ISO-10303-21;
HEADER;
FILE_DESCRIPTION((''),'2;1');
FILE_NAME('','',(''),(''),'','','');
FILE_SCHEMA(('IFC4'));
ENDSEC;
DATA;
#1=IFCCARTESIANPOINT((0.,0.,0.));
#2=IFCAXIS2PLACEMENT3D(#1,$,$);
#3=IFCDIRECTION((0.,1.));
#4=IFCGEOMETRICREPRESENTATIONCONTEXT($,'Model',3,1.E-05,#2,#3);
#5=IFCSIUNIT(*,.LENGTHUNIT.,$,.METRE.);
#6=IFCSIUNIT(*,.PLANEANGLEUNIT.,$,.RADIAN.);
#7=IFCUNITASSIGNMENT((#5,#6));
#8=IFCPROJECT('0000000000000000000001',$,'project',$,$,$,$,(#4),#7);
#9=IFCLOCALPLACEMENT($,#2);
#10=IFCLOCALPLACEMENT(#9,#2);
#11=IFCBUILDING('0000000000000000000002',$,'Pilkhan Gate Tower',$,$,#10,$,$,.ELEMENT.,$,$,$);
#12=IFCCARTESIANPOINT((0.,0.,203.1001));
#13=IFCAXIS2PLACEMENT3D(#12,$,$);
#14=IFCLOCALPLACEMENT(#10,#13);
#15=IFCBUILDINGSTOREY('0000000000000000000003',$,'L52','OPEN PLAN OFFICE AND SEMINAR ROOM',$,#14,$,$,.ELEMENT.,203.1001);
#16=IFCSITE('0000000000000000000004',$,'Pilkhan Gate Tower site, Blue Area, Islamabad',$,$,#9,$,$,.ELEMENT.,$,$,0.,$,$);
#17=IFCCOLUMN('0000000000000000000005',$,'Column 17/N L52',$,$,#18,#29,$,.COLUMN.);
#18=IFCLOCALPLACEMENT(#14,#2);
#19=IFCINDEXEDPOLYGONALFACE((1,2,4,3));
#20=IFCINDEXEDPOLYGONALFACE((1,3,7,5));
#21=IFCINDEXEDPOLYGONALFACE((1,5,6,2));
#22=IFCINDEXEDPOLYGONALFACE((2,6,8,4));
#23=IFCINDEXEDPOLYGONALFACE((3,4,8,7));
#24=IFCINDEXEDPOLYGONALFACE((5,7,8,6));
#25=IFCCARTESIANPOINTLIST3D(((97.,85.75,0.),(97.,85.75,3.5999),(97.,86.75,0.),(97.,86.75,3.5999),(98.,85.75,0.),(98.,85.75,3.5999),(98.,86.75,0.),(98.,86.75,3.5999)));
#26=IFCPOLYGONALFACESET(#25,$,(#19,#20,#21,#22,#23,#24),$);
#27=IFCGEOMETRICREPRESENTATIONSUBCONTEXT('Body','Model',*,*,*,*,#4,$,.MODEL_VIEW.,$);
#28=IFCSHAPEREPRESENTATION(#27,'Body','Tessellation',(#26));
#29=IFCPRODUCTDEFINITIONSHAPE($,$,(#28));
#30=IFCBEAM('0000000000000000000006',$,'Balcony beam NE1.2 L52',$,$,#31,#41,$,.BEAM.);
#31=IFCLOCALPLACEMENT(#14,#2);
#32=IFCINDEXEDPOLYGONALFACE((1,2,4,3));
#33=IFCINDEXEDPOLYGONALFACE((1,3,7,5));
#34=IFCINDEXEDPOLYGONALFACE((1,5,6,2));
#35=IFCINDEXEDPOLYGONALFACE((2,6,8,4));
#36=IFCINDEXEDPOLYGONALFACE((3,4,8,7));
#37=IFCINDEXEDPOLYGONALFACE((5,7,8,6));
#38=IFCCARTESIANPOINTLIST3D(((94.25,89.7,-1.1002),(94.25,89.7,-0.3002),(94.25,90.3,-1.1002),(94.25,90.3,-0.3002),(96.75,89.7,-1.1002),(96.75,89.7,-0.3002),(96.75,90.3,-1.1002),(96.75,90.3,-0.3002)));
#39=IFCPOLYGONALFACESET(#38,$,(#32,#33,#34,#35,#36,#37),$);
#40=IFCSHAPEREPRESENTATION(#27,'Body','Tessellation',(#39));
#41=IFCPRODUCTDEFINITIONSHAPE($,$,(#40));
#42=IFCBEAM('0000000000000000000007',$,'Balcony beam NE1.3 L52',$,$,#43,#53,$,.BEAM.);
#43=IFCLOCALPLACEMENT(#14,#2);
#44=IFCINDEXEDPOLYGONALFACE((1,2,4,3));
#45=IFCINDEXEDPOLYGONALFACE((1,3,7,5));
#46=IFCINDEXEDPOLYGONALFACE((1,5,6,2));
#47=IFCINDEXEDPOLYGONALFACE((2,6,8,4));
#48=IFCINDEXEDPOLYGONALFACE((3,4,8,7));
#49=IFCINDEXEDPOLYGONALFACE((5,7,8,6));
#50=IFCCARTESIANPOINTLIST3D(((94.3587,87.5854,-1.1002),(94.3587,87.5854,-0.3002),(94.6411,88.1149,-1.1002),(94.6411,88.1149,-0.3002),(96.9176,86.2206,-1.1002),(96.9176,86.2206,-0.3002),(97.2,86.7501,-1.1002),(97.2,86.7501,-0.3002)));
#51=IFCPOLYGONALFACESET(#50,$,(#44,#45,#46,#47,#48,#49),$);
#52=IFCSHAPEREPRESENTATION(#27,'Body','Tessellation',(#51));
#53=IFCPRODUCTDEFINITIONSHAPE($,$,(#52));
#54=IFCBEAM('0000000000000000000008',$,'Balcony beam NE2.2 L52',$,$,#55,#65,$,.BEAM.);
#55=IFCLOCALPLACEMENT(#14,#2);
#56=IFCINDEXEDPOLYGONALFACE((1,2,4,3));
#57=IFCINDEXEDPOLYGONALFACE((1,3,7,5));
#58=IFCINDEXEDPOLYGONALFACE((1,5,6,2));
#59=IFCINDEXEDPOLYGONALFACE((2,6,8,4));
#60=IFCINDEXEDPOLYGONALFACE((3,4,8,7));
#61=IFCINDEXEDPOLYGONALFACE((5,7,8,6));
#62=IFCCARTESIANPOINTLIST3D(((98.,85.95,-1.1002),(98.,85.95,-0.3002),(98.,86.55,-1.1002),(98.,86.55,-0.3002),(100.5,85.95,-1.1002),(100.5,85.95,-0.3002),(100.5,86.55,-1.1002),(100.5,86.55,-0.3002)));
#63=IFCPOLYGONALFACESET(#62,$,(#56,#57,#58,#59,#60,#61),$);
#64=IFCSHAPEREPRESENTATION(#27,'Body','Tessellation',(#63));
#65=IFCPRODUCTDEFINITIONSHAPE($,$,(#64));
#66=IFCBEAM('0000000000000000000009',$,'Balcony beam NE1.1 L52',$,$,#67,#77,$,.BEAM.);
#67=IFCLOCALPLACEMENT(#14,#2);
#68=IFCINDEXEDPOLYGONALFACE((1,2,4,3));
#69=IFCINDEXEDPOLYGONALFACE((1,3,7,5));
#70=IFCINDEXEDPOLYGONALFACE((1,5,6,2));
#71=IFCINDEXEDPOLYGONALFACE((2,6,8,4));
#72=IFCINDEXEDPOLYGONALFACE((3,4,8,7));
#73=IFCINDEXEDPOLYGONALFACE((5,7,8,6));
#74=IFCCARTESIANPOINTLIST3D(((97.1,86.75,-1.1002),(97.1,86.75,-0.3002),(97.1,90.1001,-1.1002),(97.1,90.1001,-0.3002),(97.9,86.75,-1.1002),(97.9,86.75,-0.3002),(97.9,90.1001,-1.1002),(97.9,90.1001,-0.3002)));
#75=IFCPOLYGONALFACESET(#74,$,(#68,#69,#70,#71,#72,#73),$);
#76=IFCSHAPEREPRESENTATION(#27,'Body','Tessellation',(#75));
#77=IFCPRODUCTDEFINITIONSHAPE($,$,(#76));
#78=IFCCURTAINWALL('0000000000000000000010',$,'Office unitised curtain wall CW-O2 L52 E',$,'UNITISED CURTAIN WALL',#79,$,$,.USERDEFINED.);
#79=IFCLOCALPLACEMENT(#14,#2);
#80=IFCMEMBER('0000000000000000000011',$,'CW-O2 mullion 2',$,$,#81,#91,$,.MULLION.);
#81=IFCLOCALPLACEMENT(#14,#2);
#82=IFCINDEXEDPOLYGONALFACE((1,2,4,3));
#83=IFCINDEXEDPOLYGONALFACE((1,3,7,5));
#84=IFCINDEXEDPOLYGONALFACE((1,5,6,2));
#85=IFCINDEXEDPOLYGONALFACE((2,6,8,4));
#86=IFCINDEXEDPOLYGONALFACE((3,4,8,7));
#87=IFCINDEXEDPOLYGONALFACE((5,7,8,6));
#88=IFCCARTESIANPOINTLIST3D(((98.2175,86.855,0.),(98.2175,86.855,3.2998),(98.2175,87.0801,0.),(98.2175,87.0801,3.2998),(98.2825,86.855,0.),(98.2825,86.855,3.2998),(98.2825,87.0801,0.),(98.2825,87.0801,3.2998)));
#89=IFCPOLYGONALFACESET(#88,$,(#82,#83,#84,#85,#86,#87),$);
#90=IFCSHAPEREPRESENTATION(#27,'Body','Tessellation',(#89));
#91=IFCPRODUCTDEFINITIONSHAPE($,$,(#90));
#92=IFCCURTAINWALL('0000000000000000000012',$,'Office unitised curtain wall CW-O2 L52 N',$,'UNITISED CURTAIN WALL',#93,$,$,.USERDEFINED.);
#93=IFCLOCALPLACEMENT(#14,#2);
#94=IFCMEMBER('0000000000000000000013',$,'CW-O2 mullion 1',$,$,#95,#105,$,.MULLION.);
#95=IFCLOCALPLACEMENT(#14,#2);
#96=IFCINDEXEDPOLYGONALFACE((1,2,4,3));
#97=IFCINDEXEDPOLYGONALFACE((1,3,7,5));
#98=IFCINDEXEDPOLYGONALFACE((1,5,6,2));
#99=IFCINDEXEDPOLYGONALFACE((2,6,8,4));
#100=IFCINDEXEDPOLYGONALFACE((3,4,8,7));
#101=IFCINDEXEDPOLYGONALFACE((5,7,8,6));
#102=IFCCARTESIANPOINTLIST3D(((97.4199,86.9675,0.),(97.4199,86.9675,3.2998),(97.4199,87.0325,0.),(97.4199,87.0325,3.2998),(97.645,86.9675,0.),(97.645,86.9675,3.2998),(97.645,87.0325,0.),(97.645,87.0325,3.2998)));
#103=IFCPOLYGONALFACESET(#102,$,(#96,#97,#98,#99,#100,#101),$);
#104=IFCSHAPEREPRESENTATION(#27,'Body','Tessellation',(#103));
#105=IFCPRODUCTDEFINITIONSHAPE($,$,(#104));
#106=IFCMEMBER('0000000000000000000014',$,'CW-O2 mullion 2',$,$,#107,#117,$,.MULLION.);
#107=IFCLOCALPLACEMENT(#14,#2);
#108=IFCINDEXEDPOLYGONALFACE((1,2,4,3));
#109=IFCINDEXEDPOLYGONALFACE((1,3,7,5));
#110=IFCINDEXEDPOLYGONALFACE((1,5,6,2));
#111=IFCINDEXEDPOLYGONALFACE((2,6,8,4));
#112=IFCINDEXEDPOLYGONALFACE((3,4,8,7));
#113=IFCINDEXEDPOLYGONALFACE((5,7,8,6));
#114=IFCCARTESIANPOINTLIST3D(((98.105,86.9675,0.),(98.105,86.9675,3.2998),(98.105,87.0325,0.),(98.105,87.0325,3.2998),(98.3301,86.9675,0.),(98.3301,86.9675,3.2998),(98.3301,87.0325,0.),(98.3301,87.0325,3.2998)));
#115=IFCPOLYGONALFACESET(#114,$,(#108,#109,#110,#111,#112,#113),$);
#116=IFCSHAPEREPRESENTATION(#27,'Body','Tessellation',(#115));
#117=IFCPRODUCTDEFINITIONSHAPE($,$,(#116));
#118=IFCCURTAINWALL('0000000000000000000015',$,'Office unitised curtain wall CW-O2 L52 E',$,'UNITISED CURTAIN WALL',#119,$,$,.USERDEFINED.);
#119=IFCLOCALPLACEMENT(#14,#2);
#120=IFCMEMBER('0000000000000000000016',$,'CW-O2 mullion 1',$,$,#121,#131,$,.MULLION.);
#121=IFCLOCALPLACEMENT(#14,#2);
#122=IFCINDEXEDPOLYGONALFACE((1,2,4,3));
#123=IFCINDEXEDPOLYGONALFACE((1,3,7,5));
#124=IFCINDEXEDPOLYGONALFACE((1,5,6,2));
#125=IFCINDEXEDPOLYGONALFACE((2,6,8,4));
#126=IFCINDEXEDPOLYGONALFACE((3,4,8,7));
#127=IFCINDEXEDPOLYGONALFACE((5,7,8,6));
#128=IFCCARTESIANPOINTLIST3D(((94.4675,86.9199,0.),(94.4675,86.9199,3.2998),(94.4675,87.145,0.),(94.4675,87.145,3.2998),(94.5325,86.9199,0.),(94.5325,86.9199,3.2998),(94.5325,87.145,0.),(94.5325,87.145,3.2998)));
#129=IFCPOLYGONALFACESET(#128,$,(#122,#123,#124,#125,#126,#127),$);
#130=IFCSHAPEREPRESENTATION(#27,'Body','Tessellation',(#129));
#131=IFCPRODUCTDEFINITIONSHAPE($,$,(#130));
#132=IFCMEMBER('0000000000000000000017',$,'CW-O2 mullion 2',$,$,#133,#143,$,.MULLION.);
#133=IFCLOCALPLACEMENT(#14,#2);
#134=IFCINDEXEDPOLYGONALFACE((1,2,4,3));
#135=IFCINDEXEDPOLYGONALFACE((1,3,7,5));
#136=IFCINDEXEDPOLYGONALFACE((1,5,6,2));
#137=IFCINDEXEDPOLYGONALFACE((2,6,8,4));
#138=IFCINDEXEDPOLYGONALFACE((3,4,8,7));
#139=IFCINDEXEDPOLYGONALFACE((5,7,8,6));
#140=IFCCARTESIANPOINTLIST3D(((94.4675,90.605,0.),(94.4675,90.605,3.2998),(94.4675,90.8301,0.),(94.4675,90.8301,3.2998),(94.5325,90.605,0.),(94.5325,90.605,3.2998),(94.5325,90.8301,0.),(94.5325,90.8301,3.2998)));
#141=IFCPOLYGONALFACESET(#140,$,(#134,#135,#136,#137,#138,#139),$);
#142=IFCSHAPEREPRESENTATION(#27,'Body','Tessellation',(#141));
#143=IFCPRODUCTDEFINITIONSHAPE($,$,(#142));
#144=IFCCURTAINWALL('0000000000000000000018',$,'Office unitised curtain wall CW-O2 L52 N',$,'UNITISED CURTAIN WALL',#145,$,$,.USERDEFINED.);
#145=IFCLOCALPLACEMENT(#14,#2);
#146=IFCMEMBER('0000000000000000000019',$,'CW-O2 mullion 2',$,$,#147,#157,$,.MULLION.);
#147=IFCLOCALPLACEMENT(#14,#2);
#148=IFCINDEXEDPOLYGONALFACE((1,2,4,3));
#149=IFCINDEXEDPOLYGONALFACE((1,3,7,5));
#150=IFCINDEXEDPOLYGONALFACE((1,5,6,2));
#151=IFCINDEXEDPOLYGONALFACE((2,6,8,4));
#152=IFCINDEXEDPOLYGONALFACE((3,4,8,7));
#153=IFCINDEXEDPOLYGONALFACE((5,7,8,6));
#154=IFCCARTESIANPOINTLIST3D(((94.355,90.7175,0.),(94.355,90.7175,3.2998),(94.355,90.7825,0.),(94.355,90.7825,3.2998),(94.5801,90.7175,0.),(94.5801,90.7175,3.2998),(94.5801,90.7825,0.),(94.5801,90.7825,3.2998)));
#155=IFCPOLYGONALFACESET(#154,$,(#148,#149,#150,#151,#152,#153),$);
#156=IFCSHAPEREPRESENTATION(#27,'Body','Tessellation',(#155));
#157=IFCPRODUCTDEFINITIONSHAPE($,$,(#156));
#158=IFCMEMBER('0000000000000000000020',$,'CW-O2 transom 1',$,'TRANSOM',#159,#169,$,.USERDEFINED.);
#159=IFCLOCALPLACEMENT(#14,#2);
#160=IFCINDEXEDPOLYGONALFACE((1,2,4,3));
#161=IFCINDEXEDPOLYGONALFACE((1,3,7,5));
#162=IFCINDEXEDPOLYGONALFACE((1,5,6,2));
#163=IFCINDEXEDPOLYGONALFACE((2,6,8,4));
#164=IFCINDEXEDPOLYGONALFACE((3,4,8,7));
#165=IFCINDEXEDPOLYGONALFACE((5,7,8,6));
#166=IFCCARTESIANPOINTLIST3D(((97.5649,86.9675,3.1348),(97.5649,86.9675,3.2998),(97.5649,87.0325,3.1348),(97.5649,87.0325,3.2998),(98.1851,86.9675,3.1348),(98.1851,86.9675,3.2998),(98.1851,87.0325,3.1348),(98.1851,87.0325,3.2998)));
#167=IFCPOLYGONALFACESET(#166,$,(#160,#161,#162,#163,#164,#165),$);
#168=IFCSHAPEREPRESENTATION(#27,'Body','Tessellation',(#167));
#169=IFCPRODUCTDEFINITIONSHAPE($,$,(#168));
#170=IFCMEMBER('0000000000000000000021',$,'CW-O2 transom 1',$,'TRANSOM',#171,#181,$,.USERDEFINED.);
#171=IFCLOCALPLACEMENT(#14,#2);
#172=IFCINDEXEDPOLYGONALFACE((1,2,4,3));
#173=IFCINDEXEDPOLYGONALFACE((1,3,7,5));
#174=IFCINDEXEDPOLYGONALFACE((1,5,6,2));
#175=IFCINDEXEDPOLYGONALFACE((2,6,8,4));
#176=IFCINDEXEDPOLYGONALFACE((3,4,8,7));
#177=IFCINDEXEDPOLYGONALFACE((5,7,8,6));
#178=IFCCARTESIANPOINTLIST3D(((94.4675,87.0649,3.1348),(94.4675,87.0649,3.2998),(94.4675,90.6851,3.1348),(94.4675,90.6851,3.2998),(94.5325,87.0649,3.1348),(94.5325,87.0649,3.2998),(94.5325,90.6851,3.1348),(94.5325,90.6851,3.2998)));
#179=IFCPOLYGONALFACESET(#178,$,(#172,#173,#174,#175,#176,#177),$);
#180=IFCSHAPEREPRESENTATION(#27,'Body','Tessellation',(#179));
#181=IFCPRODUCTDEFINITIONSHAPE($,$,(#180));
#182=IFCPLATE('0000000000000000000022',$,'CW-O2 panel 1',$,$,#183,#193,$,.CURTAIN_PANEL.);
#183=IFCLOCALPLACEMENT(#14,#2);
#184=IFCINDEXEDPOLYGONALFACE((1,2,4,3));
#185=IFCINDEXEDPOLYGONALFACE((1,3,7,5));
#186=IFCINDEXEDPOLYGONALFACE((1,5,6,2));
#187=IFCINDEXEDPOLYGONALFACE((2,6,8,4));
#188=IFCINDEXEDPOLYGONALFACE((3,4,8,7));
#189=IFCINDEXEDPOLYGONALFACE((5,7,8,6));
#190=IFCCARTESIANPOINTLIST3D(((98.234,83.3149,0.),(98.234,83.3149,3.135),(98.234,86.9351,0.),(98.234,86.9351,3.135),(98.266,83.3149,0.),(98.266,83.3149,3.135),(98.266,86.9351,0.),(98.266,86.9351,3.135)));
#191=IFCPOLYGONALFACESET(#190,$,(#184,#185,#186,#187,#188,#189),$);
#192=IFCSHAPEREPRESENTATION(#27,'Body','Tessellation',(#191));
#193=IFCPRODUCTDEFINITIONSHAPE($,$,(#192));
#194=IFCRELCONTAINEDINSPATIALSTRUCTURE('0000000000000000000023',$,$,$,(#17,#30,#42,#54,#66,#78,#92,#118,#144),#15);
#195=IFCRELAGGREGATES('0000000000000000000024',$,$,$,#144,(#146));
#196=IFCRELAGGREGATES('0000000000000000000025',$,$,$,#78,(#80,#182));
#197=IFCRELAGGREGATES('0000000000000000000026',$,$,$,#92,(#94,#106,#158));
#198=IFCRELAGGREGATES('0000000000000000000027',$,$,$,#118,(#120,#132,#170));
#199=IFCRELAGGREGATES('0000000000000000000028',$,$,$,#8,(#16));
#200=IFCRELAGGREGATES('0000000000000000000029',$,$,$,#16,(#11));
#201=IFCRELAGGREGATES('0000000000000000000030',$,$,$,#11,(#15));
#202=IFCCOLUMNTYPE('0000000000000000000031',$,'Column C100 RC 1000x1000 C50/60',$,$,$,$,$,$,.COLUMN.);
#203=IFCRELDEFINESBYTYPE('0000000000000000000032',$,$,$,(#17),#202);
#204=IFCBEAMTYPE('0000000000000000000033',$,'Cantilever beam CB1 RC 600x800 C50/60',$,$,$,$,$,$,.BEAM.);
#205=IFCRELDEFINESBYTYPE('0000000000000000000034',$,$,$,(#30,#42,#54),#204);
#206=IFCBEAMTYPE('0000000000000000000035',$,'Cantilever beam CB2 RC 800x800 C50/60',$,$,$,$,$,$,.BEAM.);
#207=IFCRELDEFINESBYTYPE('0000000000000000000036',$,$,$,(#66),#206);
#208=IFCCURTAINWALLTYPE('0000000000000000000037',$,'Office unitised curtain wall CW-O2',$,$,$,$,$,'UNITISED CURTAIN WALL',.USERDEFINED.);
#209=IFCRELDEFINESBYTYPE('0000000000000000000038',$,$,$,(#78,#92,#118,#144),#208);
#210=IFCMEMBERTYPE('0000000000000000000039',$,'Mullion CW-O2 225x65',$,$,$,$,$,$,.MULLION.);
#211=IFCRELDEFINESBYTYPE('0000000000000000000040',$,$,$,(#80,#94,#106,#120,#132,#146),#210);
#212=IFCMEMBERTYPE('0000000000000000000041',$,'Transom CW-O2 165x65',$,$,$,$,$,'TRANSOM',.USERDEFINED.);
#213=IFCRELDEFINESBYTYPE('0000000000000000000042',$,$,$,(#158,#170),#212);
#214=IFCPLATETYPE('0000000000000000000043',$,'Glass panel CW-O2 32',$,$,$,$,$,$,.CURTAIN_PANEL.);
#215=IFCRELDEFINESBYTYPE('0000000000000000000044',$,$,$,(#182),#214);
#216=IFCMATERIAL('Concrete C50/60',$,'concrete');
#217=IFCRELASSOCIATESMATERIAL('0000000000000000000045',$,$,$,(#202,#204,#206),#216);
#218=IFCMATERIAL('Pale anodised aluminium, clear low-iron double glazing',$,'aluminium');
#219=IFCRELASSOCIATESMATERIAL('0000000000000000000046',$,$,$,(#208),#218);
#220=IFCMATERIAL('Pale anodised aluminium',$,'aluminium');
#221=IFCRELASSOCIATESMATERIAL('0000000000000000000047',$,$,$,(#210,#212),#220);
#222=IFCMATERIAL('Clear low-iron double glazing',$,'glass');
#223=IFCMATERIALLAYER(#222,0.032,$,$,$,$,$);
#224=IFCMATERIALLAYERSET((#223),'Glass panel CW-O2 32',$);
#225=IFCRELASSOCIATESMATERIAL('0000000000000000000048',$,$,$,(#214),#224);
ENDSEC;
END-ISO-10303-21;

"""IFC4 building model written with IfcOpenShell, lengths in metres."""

from ifc_helpers import new_model, si_unit, direction, frame, origin, origin_2d, place, context, subcontext, project, spatial, rectangle, extrude, material, layer, layer_set, material_profile, profile_set, type_object, element, aggregate, save


model = new_model("IFC4")

# Units and contexts
model_context = context("Model", 3, precision=1e-05, world=origin(), true_north=direction((0.0, 1.0)))
body_context = subcontext(model_context, "Body", "Model", "MODEL_VIEW")
ifc_project = project(units=[si_unit("LENGTHUNIT", "METRE"), si_unit("PLANEANGLEUNIT", "RADIAN")], contexts=[model_context])

# Site, building, storey
site_placement = place(None, origin())
site = spatial("IfcSite", under=ifc_project, at=site_placement, Name="Pilkhan Gate Tower site, Blue Area, Islamabad", CompositionType="ELEMENT", RefElevation=0.0)
building_placement = place(site_placement, origin())
building = spatial("IfcBuilding", under=site, at=building_placement, Name="Pilkhan Gate Tower", CompositionType="ELEMENT")
storey_placement = place(building_placement, frame((0.0, 0.0, 203.1001)))
storey = spatial("IfcBuildingStorey", under=building, at=storey_placement, Name="L52", Description="OPEN PLAN OFFICE AND SEMINAR ROOM", CompositionType="ELEMENT", Elevation=203.1001)

# Column
ifc_material_1 = material(Name="Concrete C50/60", Category="concrete")
ifc_material_profile_1 = material_profile(ifc_material_1, rectangle(XDim=1.0, YDim=1.0, at=origin_2d()), Name="RC 1000x1000")
ifc_profile_set_1 = profile_set([ifc_material_profile_1], Name="Concrete C50/60")
column_type = type_object("IfcColumnType", Name="Column C100 RC 1000x1000 C50/60", PredefinedType="COLUMN", material=ifc_profile_set_1)
column_placement = place(storey_placement, frame((97.5, 86.25, 0.0), z_axis=(0.0, 0.0, 1.0), x_axis=(1.0, 0.0, 0.0)))
element("IfcColumn", 1, at=column_placement, inside=storey, type_object=column_type, Name="Column 17/N L52", PredefinedType="COLUMN", context=body_context, shape_type="SweptSolid", body=[
    extrude(rectangle(XDim=1.0, YDim=1.0, at=origin_2d()), origin(), (0.0, 0.0, 1.0), 3.5999),
])

# Beams
ifc_material_profile_2 = material_profile(ifc_material_1, rectangle(XDim=0.6001, YDim=0.8, at=origin_2d()), Name="RC 600x800")
ifc_profile_set_2 = profile_set([ifc_material_profile_2], Name="Concrete C50/60")
beam_type_1 = type_object("IfcBeamType", Name="Cantilever beam CB1 RC 600x800 C50/60", PredefinedType="BEAM", material=ifc_profile_set_2)
beam_1_placement = place(storey_placement, frame((94.25, 90.0, -0.7002), z_axis=(1.0, 0.0, 0.0), x_axis=(0.0, 1.0, 0.0)))
element("IfcBeam", 2, at=beam_1_placement, inside=storey, type_object=beam_type_1, Name="Balcony beam NE1.2 L52", PredefinedType="BEAM", context=body_context, shape_type="SweptSolid", body=[
    extrude(rectangle(XDim=0.6001, YDim=0.8, at=origin_2d()), origin(), (0.0, 0.0, 1.0), 2.5),
])
beam_2_placement = place(storey_placement, frame((97.0588, 86.4854, -0.7002), z_axis=(-0.882348, 0.470597, 0.0), x_axis=(-0.470597, -0.882348, 0.0)))
element("IfcBeam", 3, at=beam_2_placement, inside=storey, type_object=beam_type_1, Name="Balcony beam NE1.3 L52", PredefinedType="BEAM", context=body_context, shape_type="SweptSolid", body=[
    extrude(rectangle(XDim=0.6001, YDim=0.8, at=origin_2d()), origin(), (0.0, 0.0, 1.0), 2.9001),
])
beam_3_placement = place(storey_placement, frame((98.0, 86.25, -0.7002), z_axis=(1.0, 0.0, 0.0), x_axis=(0.0, 1.0, 0.0)))
element("IfcBeam", 4, at=beam_3_placement, inside=storey, type_object=beam_type_1, Name="Balcony beam NE2.2 L52", PredefinedType="BEAM", context=body_context, shape_type="SweptSolid", body=[
    extrude(rectangle(XDim=0.6001, YDim=0.8, at=origin_2d()), origin(), (0.0, 0.0, 1.0), 2.5),
])
ifc_material_profile_3 = material_profile(ifc_material_1, rectangle(XDim=0.8, YDim=0.8, at=origin_2d()), Name="RC 800x800")
ifc_profile_set_3 = profile_set([ifc_material_profile_3], Name="Concrete C50/60")
beam_type_2 = type_object("IfcBeamType", Name="Cantilever beam CB2 RC 800x800 C50/60", PredefinedType="BEAM", material=ifc_profile_set_3)
beam_4_placement = place(storey_placement, frame((97.5, 86.75, -0.7002), z_axis=(0.0, 1.0, 0.0), x_axis=(-1.0, 0.0, 0.0)))
element("IfcBeam", 5, at=beam_4_placement, inside=storey, type_object=beam_type_2, Name="Balcony beam NE1.1 L52", PredefinedType="BEAM", context=body_context, shape_type="SweptSolid", body=[
    extrude(rectangle(XDim=0.8, YDim=0.8, at=origin_2d()), origin(), (0.0, 0.0, 1.0), 3.3501),
])

# Curtain wall, member
ifc_material_2 = material(Name="Pale anodised aluminium, clear low-iron double glazing", Category="aluminium")
curtain_wall_type = type_object("IfcCurtainWallType", Name="Office unitised curtain wall CW-O2", ElementType="UNITISED CURTAIN WALL", PredefinedType="USERDEFINED", material=ifc_material_2)
curtain_wall_1_placement = place(storey_placement, origin())
curtain_wall_1 = element("IfcCurtainWall", 6, at=curtain_wall_1_placement, inside=storey, type_object=curtain_wall_type, Name="Office unitised curtain wall CW-O2 L52 E", ObjectType="UNITISED CURTAIN WALL", PredefinedType="USERDEFINED")
ifc_material_3 = material(Name="Pale anodised aluminium", Category="aluminium")
ifc_material_profile_4 = material_profile(ifc_material_3, rectangle(XDim=0.0649, YDim=0.2251, at=origin_2d()), Name="Mullion 225x65")
ifc_profile_set_4 = profile_set([ifc_material_profile_4], Name="Pale anodised aluminium")
member_type_1 = type_object("IfcMemberType", Name="Mullion CW-O2 225x65", PredefinedType="MULLION", material=ifc_profile_set_4)
member_1_placement = place(storey_placement, frame((98.25, 86.9675, 0.0), z_axis=(0.0, 0.0, 1.0), x_axis=(-1.0, 0.0, 0.0)))
member_1 = element("IfcMember", 7, at=member_1_placement, type_object=member_type_1, Name="CW-O2 mullion 2", PredefinedType="MULLION", context=body_context, shape_type="SweptSolid", body=[
    extrude(rectangle(XDim=0.0649, YDim=0.2251, at=origin_2d()), origin(), (0.0, 0.0, 1.0), 3.2998),
])

# Curtain walls, members
curtain_wall_2_placement = place(storey_placement, origin())
curtain_wall_2 = element("IfcCurtainWall", 8, at=curtain_wall_2_placement, inside=storey, type_object=curtain_wall_type, Name="Office unitised curtain wall CW-O2 L52 N", ObjectType="UNITISED CURTAIN WALL", PredefinedType="USERDEFINED")
member_2_placement = place(storey_placement, frame((97.5325, 87.0, 0.0), z_axis=(0.0, 0.0, 1.0), x_axis=(0.0, 1.0, 0.0)))
member_2 = element("IfcMember", 9, at=member_2_placement, type_object=member_type_1, Name="CW-O2 mullion 1", PredefinedType="MULLION", context=body_context, shape_type="SweptSolid", body=[
    extrude(rectangle(XDim=0.0649, YDim=0.2251, at=origin_2d()), origin(), (0.0, 0.0, 1.0), 3.2998),
])
member_3_placement = place(storey_placement, frame((98.2175, 87.0, 0.0), z_axis=(0.0, 0.0, 1.0), x_axis=(0.0, 1.0, 0.0)))
member_3 = element("IfcMember", 10, at=member_3_placement, type_object=member_type_1, Name="CW-O2 mullion 2", PredefinedType="MULLION", context=body_context, shape_type="SweptSolid", body=[
    extrude(rectangle(XDim=0.0649, YDim=0.2251, at=origin_2d()), origin(), (0.0, 0.0, 1.0), 3.2998),
])
curtain_wall_3_placement = place(storey_placement, origin())
curtain_wall_3 = element("IfcCurtainWall", 11, at=curtain_wall_3_placement, inside=storey, type_object=curtain_wall_type, Name="Office unitised curtain wall CW-O2 L52 E", ObjectType="UNITISED CURTAIN WALL", PredefinedType="USERDEFINED")
member_4_placement = place(storey_placement, frame((94.5, 87.0325, 0.0), z_axis=(0.0, 0.0, 1.0), x_axis=(-1.0, 0.0, 0.0)))
member_4 = element("IfcMember", 12, at=member_4_placement, type_object=member_type_1, Name="CW-O2 mullion 1", PredefinedType="MULLION", context=body_context, shape_type="SweptSolid", body=[
    extrude(rectangle(XDim=0.0649, YDim=0.2251, at=origin_2d()), origin(), (0.0, 0.0, 1.0), 3.2998),
])
member_5_placement = place(storey_placement, frame((94.5, 90.7175, 0.0), z_axis=(0.0, 0.0, 1.0), x_axis=(-1.0, 0.0, 0.0)))
member_5 = element("IfcMember", 13, at=member_5_placement, type_object=member_type_1, Name="CW-O2 mullion 2", PredefinedType="MULLION", context=body_context, shape_type="SweptSolid", body=[
    extrude(rectangle(XDim=0.0649, YDim=0.2251, at=origin_2d()), origin(), (0.0, 0.0, 1.0), 3.2998),
])

# Curtain wall, member
curtain_wall_4_placement = place(storey_placement, origin())
curtain_wall_4 = element("IfcCurtainWall", 14, at=curtain_wall_4_placement, inside=storey, type_object=curtain_wall_type, Name="Office unitised curtain wall CW-O2 L52 N", ObjectType="UNITISED CURTAIN WALL", PredefinedType="USERDEFINED")
member_6_placement = place(storey_placement, frame((94.4675, 90.75, 0.0), z_axis=(0.0, 0.0, 1.0), x_axis=(0.0, 1.0, 0.0)))
member_6 = element("IfcMember", 15, at=member_6_placement, type_object=member_type_1, Name="CW-O2 mullion 2", PredefinedType="MULLION", context=body_context, shape_type="SweptSolid", body=[
    extrude(rectangle(XDim=0.0649, YDim=0.2251, at=origin_2d()), origin(), (0.0, 0.0, 1.0), 3.2998),
])
aggregate(curtain_wall_4, [member_6])

# Members
ifc_material_profile_5 = material_profile(ifc_material_3, rectangle(XDim=0.0649, YDim=0.165, at=origin_2d()), Name="Transom 165x65")
ifc_profile_set_5 = profile_set([ifc_material_profile_5], Name="Pale anodised aluminium")
member_type_2 = type_object("IfcMemberType", Name="Transom CW-O2 165x65", ElementType="TRANSOM", PredefinedType="USERDEFINED", material=ifc_profile_set_5)
member_7_placement = place(storey_placement, frame((97.5649, 87.0, 3.2173), z_axis=(1.0, 0.0, 0.0), x_axis=(0.0, 1.0, 0.0)))
member_7 = element("IfcMember", 16, at=member_7_placement, type_object=member_type_2, Name="CW-O2 transom 1", ObjectType="TRANSOM", PredefinedType="USERDEFINED", context=body_context, shape_type="SweptSolid", body=[
    extrude(rectangle(XDim=0.0649, YDim=0.165, at=origin_2d()), origin(), (0.0, 0.0, 1.0), 0.6201),
])
member_8_placement = place(storey_placement, frame((94.5, 87.0649, 3.2173), z_axis=(0.0, 1.0, 0.0), x_axis=(-1.0, 0.0, 0.0)))
member_8 = element("IfcMember", 17, at=member_8_placement, type_object=member_type_2, Name="CW-O2 transom 1", ObjectType="TRANSOM", PredefinedType="USERDEFINED", context=body_context, shape_type="SweptSolid", body=[
    extrude(rectangle(XDim=0.0649, YDim=0.165, at=origin_2d()), origin(), (0.0, 0.0, 1.0), 3.6201),
])

# Plate
ifc_material_4 = material(Name="Clear low-iron double glazing", Category="glass")
ifc_layer_1 = layer(ifc_material_4, 0.032)
ifc_layer_set_1 = layer_set([ifc_layer_1], Name="Glass panel CW-O2 32")
plate_type = type_object("IfcPlateType", Name="Glass panel CW-O2 32", PredefinedType="CURTAIN_PANEL", material=ifc_layer_set_1)
plate_1_placement = place(storey_placement, frame((98.25, 85.125, 0.0), z_axis=(0.0, 0.0, 1.0), x_axis=(0.0, 1.0, 0.0)))
plate_1 = element("IfcPlate", 18, at=plate_1_placement, type_object=plate_type, Name="CW-O2 panel 1", PredefinedType="CURTAIN_PANEL", context=body_context, shape_type="SweptSolid", body=[
    extrude(rectangle(XDim=3.6201, YDim=0.032, at=origin_2d()), origin(), (0.0, 0.0, 1.0), 3.135),
])
aggregate(curtain_wall_1, [member_1, plate_1])
aggregate(curtain_wall_2, [member_2, member_3, member_7])
aggregate(curtain_wall_3, [member_4, member_5, member_8])

save(model, "model.ifc")
